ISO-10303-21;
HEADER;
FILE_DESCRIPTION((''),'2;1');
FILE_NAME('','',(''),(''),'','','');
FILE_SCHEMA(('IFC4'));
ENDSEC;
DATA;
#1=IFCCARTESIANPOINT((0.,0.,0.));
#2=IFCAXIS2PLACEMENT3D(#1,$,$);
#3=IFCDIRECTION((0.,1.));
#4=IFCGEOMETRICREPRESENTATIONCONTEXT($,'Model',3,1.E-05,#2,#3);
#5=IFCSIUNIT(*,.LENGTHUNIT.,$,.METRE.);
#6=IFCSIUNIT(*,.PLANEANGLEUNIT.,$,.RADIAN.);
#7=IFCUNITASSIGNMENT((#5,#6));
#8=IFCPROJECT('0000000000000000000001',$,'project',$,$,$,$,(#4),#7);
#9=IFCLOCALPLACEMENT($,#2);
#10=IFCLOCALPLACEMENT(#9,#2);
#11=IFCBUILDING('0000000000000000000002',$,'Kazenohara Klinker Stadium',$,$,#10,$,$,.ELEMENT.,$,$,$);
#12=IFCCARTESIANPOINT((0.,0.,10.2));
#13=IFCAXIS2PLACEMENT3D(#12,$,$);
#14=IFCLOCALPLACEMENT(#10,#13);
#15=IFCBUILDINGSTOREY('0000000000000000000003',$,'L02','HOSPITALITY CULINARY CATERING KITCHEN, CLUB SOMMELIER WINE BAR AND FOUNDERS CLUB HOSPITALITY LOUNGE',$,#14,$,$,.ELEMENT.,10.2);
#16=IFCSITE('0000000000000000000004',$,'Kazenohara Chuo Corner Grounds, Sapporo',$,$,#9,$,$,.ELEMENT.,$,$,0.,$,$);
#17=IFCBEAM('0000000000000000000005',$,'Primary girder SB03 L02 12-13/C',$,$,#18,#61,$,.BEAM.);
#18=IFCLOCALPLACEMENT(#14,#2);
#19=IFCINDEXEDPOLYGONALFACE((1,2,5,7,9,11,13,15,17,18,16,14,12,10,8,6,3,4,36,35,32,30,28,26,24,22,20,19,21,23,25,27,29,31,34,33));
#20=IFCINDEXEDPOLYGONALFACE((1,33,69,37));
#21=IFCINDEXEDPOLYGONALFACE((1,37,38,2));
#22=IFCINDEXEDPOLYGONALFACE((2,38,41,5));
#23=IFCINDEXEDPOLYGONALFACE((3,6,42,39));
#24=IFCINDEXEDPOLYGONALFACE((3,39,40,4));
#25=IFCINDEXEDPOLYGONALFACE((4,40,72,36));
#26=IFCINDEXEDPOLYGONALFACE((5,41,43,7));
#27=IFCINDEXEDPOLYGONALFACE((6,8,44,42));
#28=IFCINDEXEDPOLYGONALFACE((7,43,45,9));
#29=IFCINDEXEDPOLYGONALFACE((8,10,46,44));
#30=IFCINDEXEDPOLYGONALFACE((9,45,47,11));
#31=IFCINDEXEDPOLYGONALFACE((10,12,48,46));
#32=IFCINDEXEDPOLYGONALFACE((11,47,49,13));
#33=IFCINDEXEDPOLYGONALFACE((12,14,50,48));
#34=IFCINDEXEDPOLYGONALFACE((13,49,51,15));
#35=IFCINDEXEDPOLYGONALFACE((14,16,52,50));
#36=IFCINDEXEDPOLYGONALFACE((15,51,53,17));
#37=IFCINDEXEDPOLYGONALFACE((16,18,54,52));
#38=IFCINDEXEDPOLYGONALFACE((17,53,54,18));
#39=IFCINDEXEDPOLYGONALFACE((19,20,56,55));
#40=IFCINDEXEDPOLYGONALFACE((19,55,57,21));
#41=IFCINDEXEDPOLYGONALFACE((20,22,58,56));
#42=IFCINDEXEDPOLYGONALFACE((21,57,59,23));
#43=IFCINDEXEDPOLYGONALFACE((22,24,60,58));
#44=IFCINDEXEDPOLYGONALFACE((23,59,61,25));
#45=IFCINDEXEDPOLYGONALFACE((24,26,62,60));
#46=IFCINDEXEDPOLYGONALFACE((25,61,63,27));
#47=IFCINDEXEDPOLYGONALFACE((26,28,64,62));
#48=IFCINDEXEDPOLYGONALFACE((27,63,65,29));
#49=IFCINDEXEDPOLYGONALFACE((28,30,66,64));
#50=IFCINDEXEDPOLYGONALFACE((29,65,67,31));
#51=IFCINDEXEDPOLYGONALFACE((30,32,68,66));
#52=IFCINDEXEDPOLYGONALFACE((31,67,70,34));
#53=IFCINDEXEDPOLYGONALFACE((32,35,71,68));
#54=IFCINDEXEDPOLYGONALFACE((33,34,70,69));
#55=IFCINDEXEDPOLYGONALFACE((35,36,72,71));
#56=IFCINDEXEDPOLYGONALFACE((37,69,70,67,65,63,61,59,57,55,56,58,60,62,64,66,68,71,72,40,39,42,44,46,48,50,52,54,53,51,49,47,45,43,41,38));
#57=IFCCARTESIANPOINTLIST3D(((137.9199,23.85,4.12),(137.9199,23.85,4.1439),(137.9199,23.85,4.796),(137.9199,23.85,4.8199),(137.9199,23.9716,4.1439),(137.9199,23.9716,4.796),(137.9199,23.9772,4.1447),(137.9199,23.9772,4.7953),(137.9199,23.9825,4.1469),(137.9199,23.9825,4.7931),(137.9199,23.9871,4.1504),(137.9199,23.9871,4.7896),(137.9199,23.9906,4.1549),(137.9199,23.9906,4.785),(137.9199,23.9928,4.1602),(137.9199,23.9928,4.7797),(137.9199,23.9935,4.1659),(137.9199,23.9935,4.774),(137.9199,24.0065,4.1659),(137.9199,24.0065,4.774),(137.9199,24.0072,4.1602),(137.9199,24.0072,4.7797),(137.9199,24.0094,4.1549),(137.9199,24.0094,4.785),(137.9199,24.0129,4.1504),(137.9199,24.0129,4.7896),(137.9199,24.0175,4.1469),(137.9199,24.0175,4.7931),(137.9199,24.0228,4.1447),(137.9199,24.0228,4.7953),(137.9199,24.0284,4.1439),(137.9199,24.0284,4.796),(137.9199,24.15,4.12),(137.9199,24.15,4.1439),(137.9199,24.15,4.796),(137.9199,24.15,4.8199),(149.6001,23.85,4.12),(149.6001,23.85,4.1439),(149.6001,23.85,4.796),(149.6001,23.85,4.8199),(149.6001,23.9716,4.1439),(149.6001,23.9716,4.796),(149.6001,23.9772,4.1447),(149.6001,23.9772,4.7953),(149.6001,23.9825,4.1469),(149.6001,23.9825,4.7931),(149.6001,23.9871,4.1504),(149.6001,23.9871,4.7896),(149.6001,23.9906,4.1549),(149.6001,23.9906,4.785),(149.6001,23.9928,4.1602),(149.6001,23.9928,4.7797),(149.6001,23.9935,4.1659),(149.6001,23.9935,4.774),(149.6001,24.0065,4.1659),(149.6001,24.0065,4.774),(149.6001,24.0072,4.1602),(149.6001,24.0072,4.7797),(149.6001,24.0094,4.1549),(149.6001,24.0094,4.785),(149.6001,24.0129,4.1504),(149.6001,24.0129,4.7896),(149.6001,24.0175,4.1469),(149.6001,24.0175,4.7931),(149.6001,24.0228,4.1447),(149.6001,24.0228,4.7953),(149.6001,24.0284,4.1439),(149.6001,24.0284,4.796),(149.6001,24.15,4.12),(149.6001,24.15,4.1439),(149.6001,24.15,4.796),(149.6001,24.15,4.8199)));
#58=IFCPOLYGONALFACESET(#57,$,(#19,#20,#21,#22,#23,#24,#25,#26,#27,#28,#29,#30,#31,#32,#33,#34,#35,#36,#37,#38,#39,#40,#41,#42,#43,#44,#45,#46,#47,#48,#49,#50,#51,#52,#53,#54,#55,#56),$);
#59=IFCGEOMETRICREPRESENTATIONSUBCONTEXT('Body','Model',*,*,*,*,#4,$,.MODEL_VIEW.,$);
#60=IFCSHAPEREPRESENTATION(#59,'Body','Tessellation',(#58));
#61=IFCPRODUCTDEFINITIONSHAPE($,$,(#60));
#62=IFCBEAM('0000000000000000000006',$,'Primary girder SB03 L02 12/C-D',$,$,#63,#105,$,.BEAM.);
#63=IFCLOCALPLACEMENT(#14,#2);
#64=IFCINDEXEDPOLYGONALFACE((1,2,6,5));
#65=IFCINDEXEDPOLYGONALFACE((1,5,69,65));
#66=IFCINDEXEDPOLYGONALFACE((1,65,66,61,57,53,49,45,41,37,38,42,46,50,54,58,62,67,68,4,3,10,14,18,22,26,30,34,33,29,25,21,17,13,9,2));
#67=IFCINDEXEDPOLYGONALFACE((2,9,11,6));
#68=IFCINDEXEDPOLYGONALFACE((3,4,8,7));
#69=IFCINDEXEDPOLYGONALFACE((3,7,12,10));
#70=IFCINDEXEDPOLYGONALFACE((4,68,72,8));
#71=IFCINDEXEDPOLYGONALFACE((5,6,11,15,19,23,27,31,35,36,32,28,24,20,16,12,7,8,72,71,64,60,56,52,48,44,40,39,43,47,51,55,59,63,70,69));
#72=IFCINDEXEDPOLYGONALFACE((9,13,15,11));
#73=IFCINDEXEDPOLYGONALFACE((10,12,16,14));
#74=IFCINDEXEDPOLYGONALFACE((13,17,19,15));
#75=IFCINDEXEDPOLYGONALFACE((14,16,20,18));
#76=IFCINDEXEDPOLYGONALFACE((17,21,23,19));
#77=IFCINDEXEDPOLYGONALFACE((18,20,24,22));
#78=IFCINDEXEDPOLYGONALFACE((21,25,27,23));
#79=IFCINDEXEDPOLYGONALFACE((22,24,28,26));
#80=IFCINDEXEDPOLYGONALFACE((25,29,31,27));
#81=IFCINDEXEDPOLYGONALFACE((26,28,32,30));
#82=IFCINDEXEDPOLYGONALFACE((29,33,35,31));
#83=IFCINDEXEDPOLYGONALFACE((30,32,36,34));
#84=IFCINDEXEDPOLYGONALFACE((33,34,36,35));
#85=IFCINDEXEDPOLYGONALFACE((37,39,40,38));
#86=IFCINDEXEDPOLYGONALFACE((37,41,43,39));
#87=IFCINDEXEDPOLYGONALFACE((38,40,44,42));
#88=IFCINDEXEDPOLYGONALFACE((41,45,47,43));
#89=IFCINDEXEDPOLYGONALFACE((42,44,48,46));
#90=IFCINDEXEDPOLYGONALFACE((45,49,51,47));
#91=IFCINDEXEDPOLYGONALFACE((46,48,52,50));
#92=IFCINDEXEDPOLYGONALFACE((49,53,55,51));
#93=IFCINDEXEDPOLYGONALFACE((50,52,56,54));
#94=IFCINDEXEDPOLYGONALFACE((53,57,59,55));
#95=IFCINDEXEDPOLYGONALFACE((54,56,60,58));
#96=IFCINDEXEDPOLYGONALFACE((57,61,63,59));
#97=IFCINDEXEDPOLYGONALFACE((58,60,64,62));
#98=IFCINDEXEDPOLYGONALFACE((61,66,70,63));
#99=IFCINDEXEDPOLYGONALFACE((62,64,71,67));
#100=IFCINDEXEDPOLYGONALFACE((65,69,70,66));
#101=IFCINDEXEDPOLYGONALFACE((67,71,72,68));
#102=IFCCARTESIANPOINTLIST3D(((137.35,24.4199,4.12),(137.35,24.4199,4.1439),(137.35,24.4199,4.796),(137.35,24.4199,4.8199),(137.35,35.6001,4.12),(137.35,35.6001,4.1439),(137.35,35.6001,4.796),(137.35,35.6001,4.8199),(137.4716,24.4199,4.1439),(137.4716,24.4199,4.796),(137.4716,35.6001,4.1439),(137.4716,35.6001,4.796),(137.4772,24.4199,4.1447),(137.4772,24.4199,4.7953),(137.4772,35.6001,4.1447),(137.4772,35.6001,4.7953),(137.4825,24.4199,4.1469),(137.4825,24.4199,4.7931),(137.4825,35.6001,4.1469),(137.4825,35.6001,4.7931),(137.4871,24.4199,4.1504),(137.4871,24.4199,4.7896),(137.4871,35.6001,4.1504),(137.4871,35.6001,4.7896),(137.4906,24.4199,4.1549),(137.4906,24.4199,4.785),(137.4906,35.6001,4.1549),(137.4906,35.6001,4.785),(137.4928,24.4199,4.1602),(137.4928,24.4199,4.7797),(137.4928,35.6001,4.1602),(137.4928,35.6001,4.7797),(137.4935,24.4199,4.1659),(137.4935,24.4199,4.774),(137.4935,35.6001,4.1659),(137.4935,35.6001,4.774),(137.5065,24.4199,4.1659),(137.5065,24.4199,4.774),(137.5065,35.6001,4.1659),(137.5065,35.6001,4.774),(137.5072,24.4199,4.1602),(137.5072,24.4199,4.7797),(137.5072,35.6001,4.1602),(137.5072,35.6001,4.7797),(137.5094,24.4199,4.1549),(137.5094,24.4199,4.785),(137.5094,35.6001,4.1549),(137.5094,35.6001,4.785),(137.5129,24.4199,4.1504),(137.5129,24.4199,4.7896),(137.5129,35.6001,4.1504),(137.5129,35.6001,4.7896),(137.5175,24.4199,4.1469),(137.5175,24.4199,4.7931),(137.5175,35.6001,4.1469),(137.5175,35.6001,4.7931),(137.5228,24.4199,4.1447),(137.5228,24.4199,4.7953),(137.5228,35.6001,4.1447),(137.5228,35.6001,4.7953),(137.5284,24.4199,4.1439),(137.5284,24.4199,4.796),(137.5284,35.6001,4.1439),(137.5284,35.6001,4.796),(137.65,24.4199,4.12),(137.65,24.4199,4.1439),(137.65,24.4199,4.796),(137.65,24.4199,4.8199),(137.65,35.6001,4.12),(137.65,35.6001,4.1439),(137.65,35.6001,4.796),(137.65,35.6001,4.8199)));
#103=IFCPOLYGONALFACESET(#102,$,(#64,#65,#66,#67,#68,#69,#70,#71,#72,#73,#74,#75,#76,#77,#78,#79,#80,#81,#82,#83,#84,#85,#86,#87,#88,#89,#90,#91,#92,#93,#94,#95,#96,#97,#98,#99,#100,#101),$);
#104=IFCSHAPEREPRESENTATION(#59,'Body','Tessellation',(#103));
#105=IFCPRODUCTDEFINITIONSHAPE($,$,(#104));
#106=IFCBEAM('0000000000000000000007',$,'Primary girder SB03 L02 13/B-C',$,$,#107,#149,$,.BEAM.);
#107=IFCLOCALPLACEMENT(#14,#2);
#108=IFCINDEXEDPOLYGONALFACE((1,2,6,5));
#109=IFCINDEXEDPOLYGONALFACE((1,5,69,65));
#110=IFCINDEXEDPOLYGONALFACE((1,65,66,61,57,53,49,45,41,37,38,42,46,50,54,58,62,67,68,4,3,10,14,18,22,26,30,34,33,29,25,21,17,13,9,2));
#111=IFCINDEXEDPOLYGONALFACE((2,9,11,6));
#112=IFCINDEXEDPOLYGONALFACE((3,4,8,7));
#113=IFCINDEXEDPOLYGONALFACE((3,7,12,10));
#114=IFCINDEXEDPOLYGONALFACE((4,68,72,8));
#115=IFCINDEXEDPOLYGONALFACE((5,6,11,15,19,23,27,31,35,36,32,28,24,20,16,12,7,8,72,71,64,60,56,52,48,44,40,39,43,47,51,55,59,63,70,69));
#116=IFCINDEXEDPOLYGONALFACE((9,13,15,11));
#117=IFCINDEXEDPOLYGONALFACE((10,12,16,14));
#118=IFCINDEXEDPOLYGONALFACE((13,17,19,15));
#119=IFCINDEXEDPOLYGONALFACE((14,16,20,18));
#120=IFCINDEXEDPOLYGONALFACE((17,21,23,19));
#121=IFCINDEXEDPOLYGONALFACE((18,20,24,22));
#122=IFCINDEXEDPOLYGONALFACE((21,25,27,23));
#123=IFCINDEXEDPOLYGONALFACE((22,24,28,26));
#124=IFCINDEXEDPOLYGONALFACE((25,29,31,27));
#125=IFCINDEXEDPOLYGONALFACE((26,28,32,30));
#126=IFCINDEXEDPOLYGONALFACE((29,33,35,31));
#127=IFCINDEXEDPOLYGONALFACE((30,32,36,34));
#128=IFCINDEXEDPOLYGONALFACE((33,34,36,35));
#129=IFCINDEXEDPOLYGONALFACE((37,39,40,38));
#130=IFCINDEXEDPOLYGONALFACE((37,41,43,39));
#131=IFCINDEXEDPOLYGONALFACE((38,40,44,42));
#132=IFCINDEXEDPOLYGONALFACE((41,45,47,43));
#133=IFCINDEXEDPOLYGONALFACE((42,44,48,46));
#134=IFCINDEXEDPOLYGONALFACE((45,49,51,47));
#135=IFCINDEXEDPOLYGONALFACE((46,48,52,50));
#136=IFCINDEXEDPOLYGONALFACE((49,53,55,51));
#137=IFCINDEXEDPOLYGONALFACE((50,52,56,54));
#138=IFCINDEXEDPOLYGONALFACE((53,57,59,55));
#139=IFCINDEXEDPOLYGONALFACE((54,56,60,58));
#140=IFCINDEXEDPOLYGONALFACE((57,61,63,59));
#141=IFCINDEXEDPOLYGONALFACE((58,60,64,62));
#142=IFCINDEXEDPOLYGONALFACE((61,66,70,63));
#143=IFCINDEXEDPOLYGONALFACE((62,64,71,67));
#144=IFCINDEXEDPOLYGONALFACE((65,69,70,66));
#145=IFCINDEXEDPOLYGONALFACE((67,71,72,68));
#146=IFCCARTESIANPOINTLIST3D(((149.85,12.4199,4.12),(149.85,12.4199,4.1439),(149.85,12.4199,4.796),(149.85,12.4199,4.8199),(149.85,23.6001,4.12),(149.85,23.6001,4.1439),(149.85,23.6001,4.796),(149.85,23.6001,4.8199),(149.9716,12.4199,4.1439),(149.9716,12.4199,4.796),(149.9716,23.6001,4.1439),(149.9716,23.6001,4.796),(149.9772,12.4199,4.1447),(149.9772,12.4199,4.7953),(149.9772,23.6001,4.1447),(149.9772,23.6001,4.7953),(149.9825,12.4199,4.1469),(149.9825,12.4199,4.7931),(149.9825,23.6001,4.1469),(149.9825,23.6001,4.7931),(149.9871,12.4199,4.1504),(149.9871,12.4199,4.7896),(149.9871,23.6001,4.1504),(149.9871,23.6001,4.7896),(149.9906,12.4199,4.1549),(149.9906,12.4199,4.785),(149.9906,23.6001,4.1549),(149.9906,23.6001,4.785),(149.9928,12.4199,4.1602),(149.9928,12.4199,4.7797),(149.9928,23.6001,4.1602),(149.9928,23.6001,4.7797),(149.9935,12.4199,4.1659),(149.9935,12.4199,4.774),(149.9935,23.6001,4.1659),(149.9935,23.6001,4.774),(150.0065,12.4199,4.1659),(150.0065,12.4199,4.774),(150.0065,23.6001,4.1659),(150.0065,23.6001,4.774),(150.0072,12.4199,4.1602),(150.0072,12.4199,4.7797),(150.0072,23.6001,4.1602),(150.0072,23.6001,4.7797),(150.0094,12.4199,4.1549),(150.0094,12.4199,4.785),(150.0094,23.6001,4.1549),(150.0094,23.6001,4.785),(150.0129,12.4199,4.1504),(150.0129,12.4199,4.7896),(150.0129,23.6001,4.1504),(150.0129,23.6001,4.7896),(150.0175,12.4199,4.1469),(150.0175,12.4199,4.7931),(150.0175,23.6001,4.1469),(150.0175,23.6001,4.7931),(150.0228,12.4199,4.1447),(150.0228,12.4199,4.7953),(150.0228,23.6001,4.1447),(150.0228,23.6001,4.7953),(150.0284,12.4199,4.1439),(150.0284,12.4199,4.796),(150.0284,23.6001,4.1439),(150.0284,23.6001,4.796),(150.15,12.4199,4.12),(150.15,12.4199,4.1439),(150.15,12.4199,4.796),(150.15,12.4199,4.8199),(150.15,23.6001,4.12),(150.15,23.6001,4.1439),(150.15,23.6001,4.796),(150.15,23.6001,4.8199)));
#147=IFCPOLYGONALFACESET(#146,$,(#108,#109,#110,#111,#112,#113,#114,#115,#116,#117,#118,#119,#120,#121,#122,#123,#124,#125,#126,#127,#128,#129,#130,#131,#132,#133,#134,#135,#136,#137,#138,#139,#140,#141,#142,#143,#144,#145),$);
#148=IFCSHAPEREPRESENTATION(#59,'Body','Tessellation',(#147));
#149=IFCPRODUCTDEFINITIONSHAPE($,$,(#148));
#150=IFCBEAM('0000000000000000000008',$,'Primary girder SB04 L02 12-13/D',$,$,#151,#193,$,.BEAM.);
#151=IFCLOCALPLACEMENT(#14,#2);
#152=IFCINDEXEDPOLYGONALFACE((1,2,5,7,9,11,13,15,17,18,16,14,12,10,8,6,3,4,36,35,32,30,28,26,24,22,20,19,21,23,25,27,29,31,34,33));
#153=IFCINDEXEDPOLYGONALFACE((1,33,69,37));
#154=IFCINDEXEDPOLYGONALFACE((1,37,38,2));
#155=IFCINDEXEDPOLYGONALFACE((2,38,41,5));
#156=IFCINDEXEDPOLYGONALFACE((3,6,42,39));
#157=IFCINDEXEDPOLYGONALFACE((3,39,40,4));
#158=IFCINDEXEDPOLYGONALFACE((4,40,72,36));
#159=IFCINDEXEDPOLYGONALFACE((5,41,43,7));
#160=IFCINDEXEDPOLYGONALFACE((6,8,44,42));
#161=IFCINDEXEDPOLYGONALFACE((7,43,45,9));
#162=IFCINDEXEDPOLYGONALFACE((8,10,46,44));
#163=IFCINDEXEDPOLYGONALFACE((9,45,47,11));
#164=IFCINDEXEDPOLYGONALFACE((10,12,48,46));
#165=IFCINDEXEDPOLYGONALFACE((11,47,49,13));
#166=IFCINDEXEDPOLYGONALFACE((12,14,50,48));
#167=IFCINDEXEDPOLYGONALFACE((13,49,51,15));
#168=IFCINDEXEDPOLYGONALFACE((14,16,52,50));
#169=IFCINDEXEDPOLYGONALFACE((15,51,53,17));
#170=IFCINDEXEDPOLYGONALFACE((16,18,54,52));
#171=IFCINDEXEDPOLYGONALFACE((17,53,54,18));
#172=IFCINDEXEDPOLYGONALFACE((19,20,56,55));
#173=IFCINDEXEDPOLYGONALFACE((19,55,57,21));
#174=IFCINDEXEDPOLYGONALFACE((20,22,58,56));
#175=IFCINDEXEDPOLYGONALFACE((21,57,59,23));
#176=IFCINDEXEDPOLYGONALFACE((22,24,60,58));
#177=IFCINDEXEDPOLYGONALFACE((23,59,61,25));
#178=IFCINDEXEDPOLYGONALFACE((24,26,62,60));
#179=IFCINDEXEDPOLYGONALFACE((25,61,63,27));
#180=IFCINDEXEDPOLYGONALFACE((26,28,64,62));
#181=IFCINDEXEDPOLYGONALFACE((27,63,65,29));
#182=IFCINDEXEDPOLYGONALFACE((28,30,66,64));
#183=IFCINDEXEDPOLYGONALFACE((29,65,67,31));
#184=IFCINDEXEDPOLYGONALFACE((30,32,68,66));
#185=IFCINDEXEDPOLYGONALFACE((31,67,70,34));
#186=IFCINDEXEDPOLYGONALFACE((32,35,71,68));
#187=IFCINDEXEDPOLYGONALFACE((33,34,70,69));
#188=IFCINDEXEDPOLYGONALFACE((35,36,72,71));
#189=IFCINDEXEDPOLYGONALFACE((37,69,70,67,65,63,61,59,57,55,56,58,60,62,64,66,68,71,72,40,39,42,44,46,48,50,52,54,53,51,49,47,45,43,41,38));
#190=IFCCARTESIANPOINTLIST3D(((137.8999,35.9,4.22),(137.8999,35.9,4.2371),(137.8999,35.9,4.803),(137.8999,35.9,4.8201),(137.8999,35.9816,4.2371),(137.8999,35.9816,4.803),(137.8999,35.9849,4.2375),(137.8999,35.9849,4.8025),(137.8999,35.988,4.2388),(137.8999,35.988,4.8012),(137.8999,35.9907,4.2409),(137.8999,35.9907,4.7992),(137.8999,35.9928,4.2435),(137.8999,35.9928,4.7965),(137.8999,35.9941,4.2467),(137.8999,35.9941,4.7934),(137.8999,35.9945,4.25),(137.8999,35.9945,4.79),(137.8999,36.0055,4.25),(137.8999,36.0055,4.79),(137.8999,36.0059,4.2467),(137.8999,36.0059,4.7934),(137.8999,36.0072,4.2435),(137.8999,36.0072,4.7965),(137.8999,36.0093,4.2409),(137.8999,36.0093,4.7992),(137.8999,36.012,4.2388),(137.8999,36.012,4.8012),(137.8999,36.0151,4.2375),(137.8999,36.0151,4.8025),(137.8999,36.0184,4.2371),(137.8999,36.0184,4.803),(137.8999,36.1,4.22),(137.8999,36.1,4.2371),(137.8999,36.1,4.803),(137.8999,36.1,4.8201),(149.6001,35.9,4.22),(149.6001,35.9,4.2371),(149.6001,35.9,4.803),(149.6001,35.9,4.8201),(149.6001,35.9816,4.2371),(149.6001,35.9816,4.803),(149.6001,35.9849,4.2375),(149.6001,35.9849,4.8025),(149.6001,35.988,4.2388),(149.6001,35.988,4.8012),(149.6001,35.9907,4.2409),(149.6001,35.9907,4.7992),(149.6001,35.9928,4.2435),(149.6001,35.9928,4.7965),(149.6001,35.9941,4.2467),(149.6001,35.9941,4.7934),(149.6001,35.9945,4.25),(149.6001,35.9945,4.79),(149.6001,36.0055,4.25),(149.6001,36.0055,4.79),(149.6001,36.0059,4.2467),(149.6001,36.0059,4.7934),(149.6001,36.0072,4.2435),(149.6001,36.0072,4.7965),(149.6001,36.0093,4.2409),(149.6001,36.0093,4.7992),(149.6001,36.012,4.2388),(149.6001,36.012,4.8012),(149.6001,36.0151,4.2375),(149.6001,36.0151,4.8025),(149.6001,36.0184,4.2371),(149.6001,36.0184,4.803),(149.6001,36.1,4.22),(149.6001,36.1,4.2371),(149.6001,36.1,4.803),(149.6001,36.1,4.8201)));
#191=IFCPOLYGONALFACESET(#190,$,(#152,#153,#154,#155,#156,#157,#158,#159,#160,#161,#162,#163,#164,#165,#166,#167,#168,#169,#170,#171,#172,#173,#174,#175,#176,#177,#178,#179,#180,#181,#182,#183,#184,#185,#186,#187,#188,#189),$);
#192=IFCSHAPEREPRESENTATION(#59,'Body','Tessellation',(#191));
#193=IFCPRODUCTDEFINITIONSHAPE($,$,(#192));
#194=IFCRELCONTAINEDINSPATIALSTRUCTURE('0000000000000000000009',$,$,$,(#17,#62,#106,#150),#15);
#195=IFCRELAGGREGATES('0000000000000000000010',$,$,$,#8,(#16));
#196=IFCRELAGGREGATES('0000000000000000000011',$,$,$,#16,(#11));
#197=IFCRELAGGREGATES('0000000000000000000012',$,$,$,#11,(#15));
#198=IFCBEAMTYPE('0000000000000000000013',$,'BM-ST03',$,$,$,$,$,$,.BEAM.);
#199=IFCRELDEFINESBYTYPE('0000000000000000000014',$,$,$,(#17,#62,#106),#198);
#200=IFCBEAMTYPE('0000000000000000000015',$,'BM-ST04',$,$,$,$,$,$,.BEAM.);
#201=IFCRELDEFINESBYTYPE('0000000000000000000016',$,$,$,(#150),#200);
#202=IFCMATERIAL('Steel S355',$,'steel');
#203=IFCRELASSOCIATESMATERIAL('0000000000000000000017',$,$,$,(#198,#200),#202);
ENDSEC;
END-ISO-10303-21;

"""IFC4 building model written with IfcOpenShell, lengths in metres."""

from ifc_helpers import new_model, si_unit, direction, frame, origin, origin_2d, place, context, subcontext, project, spatial, i_section, extrude, material, material_profile, profile_set, type_object, element, save


model = new_model("IFC4")

# Units and contexts
model_context = context("Model", 3, precision=1e-05, world=origin(), true_north=direction((0.0, 1.0)))
body_context = subcontext(model_context, "Body", "Model", "MODEL_VIEW")
ifc_project = project(units=[si_unit("LENGTHUNIT", "METRE"), si_unit("PLANEANGLEUNIT", "RADIAN")], contexts=[model_context])

# Site, building, storey
site_placement = place(None, origin())
site = spatial("IfcSite", under=ifc_project, at=site_placement, Name="Kazenohara Chuo Corner Grounds, Sapporo", CompositionType="ELEMENT", RefElevation=0.0)
building_placement = place(site_placement, origin())
building = spatial("IfcBuilding", under=site, at=building_placement, Name="Kazenohara Klinker Stadium", CompositionType="ELEMENT")
storey_placement = place(building_placement, frame((0.0, 0.0, 10.2)))
storey = spatial("IfcBuildingStorey", under=building, at=storey_placement, Name="L02", Description="HOSPITALITY CULINARY CATERING KITCHEN, CLUB SOMMELIER WINE BAR AND FOUNDERS CLUB HOSPITALITY LOUNGE", CompositionType="ELEMENT", Elevation=10.2)

# Beams
ifc_material_1 = material(Name="Steel S355", Category="steel")
ifc_material_profile_1 = material_profile(ifc_material_1, i_section(OverallWidth=0.3, OverallDepth=0.7, WebThickness=0.0129, FlangeThickness=0.0239, FilletRadius=0.022, at=origin_2d()), Name="H-700x300x13x24")
ifc_profile_set_1 = profile_set([ifc_material_profile_1], Name="Steel S355")
beam_type_1 = type_object("IfcBeamType", Name="BM-ST03", PredefinedType="BEAM", material=ifc_profile_set_1)
beam_1_placement = place(storey_placement, frame((137.9199, 24.0, 4.47), z_axis=(1.0, 0.0, 0.0), x_axis=(0.0, 1.0, 0.0)))
element("IfcBeam", 1, at=beam_1_placement, inside=storey, type_object=beam_type_1, Name="Primary girder SB03 L02 12-13/C", PredefinedType="BEAM", context=body_context, shape_type="SweptSolid", body=[
    extrude(i_section(OverallWidth=0.3, OverallDepth=0.7, WebThickness=0.0129, FlangeThickness=0.0239, FilletRadius=0.022, at=origin_2d()), origin(), (0.0, 0.0, 1.0), 11.6802),
])
for number, where, z_axis, x_axis, name in (
    (2, (137.5, 24.4199, 4.47), (0.0, 1.0, 0.0), (-1.0, 0.0, 0.0), "Primary girder SB03 L02 12/C-D"),
    (3, (150.0, 12.4199, 4.47), (0.0, 1.0, 0.0), (-1.0, 0.0, 0.0), "Primary girder SB03 L02 13/B-C"),
):
    element("IfcBeam", number, at=place(storey_placement, frame(where, z_axis=z_axis, x_axis=x_axis)), inside=storey, type_object=beam_type_1, Name=name, PredefinedType="BEAM", context=body_context, shape_type="SweptSolid", body=[
        extrude(i_section(OverallWidth=0.3, OverallDepth=0.7, WebThickness=0.0129, FlangeThickness=0.0239, FilletRadius=0.022, at=origin_2d()), origin(), (0.0, 0.0, 1.0), 11.1802),
    ])
ifc_material_profile_2 = material_profile(ifc_material_1, i_section(OverallWidth=0.2, OverallDepth=0.6001, WebThickness=0.011, FlangeThickness=0.0171, FilletRadius=0.0129, at=origin_2d()), Name="H-600x200x11x17")
ifc_profile_set_2 = profile_set([ifc_material_profile_2], Name="Steel S355")
beam_type_2 = type_object("IfcBeamType", Name="BM-ST04", PredefinedType="BEAM", material=ifc_profile_set_2)
beam_2_placement = place(storey_placement, frame((137.8999, 36.0, 4.52), z_axis=(1.0, 0.0, 0.0), x_axis=(0.0, 1.0, 0.0)))
element("IfcBeam", 4, at=beam_2_placement, inside=storey, type_object=beam_type_2, Name="Primary girder SB04 L02 12-13/D", PredefinedType="BEAM", context=body_context, shape_type="SweptSolid", body=[
    extrude(i_section(OverallWidth=0.2, OverallDepth=0.6001, WebThickness=0.011, FlangeThickness=0.0171, FilletRadius=0.0129, at=origin_2d()), origin(), (0.0, 0.0, 1.0), 11.7002),
])

save(model, "model.ifc")
